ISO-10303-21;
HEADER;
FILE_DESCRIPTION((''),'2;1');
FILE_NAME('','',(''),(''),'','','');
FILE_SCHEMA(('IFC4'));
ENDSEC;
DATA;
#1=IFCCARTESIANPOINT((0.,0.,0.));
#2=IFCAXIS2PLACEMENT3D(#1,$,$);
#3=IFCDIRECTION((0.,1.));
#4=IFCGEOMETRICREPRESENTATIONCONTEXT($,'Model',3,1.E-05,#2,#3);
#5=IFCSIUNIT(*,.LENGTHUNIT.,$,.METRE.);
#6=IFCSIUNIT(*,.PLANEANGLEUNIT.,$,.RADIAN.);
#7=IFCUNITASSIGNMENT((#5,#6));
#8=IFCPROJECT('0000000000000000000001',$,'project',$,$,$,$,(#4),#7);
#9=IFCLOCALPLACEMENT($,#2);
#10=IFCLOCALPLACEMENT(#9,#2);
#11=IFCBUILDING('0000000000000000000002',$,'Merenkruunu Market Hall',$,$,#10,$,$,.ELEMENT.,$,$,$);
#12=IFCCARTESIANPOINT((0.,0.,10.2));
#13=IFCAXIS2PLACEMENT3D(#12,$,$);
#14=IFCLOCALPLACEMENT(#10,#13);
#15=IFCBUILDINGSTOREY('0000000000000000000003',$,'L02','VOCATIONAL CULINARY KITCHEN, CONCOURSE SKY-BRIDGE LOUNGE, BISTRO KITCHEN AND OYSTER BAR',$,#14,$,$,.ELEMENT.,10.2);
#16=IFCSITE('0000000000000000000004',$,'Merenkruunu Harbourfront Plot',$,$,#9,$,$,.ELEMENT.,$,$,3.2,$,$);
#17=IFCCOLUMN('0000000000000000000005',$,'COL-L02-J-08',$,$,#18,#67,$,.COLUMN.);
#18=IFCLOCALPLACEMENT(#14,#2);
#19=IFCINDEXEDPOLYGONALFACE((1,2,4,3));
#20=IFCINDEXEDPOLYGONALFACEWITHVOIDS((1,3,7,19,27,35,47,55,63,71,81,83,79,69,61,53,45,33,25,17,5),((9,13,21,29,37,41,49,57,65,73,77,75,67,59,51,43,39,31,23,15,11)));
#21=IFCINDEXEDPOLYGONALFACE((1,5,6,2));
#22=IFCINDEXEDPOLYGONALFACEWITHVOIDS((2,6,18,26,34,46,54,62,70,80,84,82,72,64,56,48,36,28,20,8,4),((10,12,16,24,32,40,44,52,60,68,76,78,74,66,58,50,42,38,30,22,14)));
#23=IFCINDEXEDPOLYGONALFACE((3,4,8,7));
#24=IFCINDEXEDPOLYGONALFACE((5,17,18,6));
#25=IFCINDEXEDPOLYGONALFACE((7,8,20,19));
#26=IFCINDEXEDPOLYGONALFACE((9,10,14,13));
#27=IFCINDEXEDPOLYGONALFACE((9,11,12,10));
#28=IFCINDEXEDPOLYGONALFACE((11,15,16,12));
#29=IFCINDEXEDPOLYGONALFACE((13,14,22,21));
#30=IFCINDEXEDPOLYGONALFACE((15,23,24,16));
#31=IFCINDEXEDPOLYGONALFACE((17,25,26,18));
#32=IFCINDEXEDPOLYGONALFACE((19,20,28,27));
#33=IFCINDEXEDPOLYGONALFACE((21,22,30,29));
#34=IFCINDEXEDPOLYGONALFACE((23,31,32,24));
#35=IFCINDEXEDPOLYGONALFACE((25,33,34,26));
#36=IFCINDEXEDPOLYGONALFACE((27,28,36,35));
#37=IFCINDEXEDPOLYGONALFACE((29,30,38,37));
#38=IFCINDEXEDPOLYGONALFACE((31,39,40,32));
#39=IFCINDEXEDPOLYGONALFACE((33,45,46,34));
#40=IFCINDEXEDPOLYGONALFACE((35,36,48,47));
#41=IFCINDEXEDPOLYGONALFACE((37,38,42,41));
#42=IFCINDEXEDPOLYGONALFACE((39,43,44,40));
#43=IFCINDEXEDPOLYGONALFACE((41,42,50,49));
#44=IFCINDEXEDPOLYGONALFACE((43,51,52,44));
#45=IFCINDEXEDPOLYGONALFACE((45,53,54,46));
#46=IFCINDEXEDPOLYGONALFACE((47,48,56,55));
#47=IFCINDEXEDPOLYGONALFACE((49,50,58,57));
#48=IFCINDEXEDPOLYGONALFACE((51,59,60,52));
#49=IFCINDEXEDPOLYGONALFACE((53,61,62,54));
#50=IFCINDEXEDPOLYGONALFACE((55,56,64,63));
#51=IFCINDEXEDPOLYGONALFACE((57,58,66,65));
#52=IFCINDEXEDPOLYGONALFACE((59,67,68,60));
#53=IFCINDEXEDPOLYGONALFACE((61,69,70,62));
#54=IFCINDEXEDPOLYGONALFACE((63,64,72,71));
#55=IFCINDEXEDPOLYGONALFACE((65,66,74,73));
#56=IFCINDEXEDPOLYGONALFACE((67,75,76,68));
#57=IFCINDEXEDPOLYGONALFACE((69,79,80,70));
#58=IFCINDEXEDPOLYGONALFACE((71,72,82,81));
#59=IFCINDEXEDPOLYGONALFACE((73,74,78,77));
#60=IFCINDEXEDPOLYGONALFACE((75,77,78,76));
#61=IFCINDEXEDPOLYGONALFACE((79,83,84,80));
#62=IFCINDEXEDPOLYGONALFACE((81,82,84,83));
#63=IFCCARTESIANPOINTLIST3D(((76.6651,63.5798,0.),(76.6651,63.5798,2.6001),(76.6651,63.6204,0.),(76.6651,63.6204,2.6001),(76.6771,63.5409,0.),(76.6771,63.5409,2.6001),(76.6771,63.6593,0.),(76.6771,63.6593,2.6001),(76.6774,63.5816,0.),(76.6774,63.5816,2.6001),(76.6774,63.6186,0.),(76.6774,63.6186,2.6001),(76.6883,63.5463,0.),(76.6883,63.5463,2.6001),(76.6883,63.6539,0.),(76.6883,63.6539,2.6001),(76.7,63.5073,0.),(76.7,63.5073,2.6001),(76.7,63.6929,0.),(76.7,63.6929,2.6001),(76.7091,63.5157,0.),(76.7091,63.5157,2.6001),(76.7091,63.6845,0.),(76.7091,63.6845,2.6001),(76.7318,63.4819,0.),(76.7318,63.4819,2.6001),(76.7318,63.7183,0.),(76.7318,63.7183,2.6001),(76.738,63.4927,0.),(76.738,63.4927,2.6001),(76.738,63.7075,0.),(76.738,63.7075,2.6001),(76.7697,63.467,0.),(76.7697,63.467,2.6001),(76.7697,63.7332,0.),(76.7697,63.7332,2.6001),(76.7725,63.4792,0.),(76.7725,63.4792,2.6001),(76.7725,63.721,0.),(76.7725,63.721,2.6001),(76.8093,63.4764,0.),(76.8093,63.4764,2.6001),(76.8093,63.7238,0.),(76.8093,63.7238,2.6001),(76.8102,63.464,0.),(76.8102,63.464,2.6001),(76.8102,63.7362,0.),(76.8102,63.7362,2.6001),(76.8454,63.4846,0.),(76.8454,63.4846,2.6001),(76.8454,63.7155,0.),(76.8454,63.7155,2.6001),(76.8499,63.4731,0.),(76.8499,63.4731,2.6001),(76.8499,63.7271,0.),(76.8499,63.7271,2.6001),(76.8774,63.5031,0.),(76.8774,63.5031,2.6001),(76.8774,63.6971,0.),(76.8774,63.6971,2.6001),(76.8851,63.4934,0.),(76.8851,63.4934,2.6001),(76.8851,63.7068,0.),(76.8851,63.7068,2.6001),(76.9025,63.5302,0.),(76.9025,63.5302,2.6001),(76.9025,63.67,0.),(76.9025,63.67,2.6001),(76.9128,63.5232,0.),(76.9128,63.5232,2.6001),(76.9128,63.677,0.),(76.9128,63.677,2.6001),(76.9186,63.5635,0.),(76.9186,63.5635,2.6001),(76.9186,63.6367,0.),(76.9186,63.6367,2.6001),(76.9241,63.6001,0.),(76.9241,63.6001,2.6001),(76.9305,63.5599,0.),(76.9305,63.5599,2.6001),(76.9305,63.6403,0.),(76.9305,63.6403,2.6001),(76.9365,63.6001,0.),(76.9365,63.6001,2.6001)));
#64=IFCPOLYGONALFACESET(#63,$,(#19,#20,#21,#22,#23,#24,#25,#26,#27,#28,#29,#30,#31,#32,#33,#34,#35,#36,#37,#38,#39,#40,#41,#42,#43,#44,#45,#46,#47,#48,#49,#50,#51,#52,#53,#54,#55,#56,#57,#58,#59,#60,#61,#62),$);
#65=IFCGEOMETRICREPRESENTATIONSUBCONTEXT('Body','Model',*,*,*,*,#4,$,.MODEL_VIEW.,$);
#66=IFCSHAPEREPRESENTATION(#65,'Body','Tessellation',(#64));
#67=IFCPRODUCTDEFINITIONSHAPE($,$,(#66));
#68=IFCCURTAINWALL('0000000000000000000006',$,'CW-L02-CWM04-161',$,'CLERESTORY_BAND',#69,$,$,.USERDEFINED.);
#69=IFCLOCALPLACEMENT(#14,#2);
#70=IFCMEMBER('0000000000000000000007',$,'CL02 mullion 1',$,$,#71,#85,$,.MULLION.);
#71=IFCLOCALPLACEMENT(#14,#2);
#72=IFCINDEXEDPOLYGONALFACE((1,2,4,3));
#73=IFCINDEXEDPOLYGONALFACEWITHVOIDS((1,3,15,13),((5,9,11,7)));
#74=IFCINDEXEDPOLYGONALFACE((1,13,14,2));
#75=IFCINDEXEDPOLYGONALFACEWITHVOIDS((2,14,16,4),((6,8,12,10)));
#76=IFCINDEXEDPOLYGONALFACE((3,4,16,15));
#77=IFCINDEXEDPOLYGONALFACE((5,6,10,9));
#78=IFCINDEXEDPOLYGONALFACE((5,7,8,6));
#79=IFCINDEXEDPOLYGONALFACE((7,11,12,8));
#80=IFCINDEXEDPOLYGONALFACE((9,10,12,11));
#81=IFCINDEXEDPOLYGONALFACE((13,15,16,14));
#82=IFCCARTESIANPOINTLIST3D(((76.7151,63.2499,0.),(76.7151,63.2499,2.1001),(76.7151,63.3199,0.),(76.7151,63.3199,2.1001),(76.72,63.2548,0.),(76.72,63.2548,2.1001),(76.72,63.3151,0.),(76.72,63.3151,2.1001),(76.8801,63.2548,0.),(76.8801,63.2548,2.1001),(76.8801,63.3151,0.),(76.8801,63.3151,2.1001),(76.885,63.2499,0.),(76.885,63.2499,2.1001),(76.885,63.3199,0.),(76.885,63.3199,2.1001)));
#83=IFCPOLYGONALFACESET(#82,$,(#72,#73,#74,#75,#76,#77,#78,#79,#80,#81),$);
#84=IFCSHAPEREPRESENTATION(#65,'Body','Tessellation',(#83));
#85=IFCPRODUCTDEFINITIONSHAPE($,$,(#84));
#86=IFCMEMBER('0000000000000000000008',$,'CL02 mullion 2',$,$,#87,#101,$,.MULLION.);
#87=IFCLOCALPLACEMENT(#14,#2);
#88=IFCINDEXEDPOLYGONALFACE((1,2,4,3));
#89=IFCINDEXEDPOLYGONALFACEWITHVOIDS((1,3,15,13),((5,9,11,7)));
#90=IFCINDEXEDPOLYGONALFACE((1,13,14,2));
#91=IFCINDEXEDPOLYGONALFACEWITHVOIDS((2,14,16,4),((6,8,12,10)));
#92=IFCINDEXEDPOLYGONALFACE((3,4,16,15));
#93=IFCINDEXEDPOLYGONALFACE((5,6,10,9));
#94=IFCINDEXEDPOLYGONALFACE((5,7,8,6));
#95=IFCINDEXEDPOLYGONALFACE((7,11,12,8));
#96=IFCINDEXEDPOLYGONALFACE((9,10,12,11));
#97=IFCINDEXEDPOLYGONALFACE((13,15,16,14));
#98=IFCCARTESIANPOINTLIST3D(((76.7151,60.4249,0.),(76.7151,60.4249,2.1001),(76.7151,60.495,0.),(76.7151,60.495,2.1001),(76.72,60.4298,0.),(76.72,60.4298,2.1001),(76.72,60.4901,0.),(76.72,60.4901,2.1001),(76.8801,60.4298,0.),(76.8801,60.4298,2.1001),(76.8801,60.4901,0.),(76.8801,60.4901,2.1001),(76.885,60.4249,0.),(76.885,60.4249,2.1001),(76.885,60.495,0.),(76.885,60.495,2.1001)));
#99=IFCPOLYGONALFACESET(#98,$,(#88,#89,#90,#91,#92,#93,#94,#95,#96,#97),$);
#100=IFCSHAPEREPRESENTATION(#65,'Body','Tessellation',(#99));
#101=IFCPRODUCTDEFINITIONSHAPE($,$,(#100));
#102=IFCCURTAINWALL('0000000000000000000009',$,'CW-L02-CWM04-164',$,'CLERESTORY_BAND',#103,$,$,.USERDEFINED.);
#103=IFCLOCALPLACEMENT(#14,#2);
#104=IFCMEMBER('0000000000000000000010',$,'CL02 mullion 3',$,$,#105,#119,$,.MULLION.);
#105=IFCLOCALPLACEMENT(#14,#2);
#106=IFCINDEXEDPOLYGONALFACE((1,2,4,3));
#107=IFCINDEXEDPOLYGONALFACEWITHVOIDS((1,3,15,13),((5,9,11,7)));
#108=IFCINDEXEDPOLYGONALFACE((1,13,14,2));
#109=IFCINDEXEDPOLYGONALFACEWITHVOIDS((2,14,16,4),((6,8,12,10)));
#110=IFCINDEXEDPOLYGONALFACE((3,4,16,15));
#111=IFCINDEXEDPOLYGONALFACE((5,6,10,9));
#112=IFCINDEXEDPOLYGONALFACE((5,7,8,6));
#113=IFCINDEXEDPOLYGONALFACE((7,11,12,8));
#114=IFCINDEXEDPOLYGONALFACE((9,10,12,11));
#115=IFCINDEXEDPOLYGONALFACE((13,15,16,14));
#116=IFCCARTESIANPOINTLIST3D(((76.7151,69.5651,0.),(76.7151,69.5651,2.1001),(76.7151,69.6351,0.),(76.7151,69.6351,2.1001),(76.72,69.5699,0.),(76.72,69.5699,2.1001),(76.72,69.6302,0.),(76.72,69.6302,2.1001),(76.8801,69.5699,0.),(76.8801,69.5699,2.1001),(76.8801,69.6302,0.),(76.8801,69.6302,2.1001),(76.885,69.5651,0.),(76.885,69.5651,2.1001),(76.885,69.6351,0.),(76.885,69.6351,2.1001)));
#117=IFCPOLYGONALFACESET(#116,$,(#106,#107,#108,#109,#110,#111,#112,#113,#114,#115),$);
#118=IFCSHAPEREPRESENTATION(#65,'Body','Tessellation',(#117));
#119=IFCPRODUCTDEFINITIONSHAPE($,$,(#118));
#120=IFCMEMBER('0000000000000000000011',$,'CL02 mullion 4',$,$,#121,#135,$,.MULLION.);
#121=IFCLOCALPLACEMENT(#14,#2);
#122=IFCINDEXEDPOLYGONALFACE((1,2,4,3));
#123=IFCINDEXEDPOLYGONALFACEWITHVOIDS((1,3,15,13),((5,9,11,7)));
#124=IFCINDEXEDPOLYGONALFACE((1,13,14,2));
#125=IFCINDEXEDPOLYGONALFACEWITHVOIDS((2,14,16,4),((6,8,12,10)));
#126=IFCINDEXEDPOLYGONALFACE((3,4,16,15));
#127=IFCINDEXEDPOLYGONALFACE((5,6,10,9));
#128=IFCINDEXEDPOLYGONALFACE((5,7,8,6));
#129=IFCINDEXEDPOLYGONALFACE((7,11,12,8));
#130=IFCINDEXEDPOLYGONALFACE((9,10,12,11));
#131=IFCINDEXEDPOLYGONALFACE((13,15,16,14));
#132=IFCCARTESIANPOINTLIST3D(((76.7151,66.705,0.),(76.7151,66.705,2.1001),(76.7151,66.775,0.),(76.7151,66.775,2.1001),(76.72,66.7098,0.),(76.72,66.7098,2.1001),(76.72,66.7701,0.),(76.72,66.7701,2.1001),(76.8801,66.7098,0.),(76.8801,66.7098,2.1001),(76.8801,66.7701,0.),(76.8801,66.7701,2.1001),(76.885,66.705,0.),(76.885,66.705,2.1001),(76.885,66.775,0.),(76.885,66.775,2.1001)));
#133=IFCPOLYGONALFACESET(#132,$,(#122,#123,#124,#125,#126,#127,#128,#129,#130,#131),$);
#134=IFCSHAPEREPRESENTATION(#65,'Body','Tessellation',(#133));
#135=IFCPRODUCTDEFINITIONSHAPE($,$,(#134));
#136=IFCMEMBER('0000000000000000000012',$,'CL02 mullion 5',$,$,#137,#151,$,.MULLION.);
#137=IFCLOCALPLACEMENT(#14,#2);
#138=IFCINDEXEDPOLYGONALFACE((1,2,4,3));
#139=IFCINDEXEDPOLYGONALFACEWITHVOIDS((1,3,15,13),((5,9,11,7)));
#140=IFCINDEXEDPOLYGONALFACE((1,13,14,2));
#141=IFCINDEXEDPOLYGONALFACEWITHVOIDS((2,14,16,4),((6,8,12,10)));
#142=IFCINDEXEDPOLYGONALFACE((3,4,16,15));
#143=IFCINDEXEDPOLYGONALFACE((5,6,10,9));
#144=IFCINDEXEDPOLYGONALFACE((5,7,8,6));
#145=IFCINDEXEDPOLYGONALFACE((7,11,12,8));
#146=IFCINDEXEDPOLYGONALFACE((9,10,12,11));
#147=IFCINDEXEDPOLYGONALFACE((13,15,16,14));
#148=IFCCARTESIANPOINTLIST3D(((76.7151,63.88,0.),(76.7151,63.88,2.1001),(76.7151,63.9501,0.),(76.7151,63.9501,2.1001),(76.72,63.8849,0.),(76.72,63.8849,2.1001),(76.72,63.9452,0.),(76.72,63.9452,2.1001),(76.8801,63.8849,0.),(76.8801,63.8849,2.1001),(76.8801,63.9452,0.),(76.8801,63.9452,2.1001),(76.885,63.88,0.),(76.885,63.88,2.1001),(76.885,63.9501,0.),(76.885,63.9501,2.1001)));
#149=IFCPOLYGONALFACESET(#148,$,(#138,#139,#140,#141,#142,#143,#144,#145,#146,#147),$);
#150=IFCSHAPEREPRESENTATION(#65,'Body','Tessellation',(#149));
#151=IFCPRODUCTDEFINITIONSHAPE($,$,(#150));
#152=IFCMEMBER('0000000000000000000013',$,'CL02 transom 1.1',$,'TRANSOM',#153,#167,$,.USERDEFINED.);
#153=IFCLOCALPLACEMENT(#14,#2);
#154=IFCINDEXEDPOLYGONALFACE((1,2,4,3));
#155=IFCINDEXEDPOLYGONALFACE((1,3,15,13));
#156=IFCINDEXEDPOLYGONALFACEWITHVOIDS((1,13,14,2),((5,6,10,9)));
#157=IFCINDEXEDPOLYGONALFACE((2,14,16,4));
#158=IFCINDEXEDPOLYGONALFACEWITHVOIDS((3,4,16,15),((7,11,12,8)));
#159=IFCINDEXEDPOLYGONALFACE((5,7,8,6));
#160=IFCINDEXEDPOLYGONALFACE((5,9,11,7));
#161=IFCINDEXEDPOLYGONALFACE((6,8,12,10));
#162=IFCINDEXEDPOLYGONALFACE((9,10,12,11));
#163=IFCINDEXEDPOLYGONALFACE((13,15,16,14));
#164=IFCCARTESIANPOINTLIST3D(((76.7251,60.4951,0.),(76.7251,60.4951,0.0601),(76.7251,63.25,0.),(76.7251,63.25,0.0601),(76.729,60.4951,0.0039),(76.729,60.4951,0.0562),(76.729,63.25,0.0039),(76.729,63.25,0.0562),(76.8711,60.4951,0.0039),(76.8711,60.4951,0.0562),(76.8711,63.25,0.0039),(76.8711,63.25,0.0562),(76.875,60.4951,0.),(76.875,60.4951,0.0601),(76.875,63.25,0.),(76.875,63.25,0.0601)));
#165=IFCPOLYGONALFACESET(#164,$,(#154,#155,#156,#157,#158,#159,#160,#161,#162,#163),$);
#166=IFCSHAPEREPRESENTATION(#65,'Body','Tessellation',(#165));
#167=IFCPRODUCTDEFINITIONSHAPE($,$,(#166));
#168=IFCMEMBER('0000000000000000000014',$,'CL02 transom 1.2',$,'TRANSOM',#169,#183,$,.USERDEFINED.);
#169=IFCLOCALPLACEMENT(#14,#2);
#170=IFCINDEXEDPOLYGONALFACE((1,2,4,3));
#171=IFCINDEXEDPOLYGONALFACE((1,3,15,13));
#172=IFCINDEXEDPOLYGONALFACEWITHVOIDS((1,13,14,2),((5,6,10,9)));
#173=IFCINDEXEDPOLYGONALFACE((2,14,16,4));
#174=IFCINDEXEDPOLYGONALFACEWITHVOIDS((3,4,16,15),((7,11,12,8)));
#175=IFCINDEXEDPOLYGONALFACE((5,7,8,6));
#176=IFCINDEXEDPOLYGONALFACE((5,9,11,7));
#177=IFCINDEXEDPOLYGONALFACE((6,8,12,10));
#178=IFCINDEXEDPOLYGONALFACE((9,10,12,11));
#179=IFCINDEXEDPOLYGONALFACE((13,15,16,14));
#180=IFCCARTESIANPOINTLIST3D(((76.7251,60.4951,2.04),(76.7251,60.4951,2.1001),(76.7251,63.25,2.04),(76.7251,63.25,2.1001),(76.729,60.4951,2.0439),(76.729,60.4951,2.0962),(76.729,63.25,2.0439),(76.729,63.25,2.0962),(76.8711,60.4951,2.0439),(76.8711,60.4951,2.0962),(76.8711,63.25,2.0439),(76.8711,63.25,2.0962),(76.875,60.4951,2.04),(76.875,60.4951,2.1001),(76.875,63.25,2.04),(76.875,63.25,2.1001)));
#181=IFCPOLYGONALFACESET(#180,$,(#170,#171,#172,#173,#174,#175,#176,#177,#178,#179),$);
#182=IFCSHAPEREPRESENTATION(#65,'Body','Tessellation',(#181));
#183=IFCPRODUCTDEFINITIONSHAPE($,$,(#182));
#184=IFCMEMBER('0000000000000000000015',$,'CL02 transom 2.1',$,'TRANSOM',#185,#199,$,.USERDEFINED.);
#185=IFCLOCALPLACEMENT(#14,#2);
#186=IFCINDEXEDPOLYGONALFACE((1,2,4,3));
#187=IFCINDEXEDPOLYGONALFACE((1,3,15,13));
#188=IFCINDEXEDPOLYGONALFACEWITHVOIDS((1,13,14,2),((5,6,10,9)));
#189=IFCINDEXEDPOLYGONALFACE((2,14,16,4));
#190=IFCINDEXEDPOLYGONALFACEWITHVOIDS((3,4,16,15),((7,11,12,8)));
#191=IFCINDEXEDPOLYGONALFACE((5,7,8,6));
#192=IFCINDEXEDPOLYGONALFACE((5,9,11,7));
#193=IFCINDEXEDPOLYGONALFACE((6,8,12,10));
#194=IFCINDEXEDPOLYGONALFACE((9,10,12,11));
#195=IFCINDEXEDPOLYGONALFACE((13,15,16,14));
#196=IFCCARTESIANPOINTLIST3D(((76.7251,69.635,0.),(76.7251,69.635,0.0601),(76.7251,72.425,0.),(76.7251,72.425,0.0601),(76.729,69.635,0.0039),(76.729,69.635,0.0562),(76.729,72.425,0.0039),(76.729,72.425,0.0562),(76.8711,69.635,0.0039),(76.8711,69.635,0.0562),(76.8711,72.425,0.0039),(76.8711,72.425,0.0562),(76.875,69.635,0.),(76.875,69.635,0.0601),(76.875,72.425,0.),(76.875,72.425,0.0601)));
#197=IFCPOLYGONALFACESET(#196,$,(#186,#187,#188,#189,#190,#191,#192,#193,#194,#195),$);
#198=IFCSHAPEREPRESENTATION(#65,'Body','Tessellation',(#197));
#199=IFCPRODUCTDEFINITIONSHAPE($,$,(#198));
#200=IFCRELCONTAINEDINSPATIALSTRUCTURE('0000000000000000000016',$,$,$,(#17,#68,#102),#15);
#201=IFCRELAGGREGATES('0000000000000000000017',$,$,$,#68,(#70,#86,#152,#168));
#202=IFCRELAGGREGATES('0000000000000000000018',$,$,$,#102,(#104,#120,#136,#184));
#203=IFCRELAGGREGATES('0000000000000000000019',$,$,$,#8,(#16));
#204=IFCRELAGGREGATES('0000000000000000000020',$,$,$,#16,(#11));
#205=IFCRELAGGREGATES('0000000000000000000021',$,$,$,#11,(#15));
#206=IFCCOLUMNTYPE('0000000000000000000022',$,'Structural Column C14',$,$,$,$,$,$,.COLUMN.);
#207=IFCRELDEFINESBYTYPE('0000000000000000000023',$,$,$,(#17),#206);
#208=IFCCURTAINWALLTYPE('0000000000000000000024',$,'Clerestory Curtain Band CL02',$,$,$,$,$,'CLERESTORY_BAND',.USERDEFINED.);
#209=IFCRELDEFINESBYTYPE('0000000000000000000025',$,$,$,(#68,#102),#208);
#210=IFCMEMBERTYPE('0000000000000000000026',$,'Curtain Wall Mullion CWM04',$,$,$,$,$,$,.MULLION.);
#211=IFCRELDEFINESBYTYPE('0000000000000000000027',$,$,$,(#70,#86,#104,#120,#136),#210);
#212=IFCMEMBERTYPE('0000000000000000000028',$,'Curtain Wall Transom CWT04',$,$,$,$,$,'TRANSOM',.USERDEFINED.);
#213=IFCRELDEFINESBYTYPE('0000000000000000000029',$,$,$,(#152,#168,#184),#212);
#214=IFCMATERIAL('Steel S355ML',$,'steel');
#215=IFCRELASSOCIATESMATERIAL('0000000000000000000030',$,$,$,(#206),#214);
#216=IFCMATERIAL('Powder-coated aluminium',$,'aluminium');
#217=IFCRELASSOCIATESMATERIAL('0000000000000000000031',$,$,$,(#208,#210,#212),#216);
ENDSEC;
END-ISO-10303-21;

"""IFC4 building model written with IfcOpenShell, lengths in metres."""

from ifc_helpers import new_model, si_unit, direction, frame, origin, origin_2d, place, context, subcontext, project, spatial, hollow_rectangle, hollow_circle, extrude, material, material_profile, profile_set, type_object, element, aggregate, save


model = new_model("IFC4")

# Units and contexts
model_context = context("Model", 3, precision=1e-05, world=origin(), true_north=direction((0.0, 1.0)))
body_context = subcontext(model_context, "Body", "Model", "MODEL_VIEW")
ifc_project = project(units=[si_unit("LENGTHUNIT", "METRE"), si_unit("PLANEANGLEUNIT", "RADIAN")], contexts=[model_context])

# Site, building, storey
site_placement = place(None, origin())
site = spatial("IfcSite", under=ifc_project, at=site_placement, Name="Merenkruunu Harbourfront Plot", CompositionType="ELEMENT", RefElevation=3.2)
building_placement = place(site_placement, origin())
building = spatial("IfcBuilding", under=site, at=building_placement, Name="Merenkruunu Market Hall", CompositionType="ELEMENT")
storey_placement = place(building_placement, frame((0.0, 0.0, 10.2)))
storey = spatial("IfcBuildingStorey", under=building, at=storey_placement, Name="L02", Description="VOCATIONAL CULINARY KITCHEN, CONCOURSE SKY-BRIDGE LOUNGE, BISTRO KITCHEN AND OYSTER BAR", CompositionType="ELEMENT", Elevation=10.2)

# Column
ifc_material_1 = material(Name="Steel S355ML", Category="steel")
ifc_material_profile_1 = material_profile(ifc_material_1, hollow_circle(Radius=0.1365, WallThickness=0.0125, at=origin_2d()), Name="CHS 273x12.5")
ifc_profile_set_1 = profile_set([ifc_material_profile_1], Name="Steel S355ML")
column_type = type_object("IfcColumnType", Name="Structural Column C14", PredefinedType="COLUMN", material=ifc_profile_set_1)
column_placement = place(storey_placement, frame((76.8, 63.6001, 0.0), z_axis=(0.0, 0.0, 1.0), x_axis=(1.0, 0.0, 0.0)))
element("IfcColumn", 1, at=column_placement, inside=storey, type_object=column_type, Name="COL-L02-J-08", PredefinedType="COLUMN", context=body_context, shape_type="SweptSolid", body=[
    extrude(hollow_circle(Radius=0.1365, WallThickness=0.0125, at=origin_2d()), origin(), (0.0, 0.0, 1.0), 2.6001),
])

# Curtain walls, members
ifc_material_2 = material(Name="Powder-coated aluminium", Category="aluminium")
curtain_wall_type = type_object("IfcCurtainWallType", Name="Clerestory Curtain Band CL02", ElementType="CLERESTORY_BAND", PredefinedType="USERDEFINED", material=ifc_material_2)
curtain_wall_1_placement = place(storey_placement, origin())
curtain_wall_1 = element("IfcCurtainWall", 2, at=curtain_wall_1_placement, inside=storey, type_object=curtain_wall_type, Name="CW-L02-CWM04-161", ObjectType="CLERESTORY_BAND", PredefinedType="USERDEFINED")
ifc_material_profile_2 = material_profile(ifc_material_2, hollow_rectangle(XDim=0.0701, YDim=0.1699, WallThickness=0.0049, at=origin_2d()), Name="ALU 70x170x5")
ifc_profile_set_2 = profile_set([ifc_material_profile_2], Name="Powder-coated aluminium")
member_type_1 = type_object("IfcMemberType", Name="Curtain Wall Mullion CWM04", PredefinedType="MULLION", material=ifc_profile_set_2)
member_1_placement = place(storey_placement, frame((76.8, 63.2849, 0.0), z_axis=(0.0, 0.0, 1.0), x_axis=(0.0, -1.0, 0.0)))
member_1 = element("IfcMember", 3, at=member_1_placement, type_object=member_type_1, Name="CL02 mullion 1", PredefinedType="MULLION", context=body_context, shape_type="SweptSolid", body=[
    extrude(hollow_rectangle(XDim=0.0701, YDim=0.1699, WallThickness=0.0049, at=origin_2d()), origin(), (0.0, 0.0, 1.0), 2.1001),
])
member_2_placement = place(storey_placement, frame((76.8, 60.46, 0.0), z_axis=(0.0, 0.0, 1.0), x_axis=(0.0, -1.0, 0.0)))
member_2 = element("IfcMember", 4, at=member_2_placement, type_object=member_type_1, Name="CL02 mullion 2", PredefinedType="MULLION", context=body_context, shape_type="SweptSolid", body=[
    extrude(hollow_rectangle(XDim=0.0701, YDim=0.1699, WallThickness=0.0049, at=origin_2d()), origin(), (0.0, 0.0, 1.0), 2.1001),
])
curtain_wall_2_placement = place(storey_placement, origin())
curtain_wall_2 = element("IfcCurtainWall", 5, at=curtain_wall_2_placement, inside=storey, type_object=curtain_wall_type, Name="CW-L02-CWM04-164", ObjectType="CLERESTORY_BAND", PredefinedType="USERDEFINED")
member_3_placement = place(storey_placement, frame((76.8, 69.6001, 0.0), z_axis=(0.0, 0.0, 1.0), x_axis=(0.0, -1.0, 0.0)))
member_3 = element("IfcMember", 6, at=member_3_placement, type_object=member_type_1, Name="CL02 mullion 3", PredefinedType="MULLION", context=body_context, shape_type="SweptSolid", body=[
    extrude(hollow_rectangle(XDim=0.0701, YDim=0.1699, WallThickness=0.0049, at=origin_2d()), origin(), (0.0, 0.0, 1.0), 2.1001),
])
member_4_placement = place(storey_placement, frame((76.8, 66.74, 0.0), z_axis=(0.0, 0.0, 1.0), x_axis=(0.0, -1.0, 0.0)))
member_4 = element("IfcMember", 7, at=member_4_placement, type_object=member_type_1, Name="CL02 mullion 4", PredefinedType="MULLION", context=body_context, shape_type="SweptSolid", body=[
    extrude(hollow_rectangle(XDim=0.0701, YDim=0.1699, WallThickness=0.0049, at=origin_2d()), origin(), (0.0, 0.0, 1.0), 2.1001),
])
member_5_placement = place(storey_placement, frame((76.8, 63.915, 0.0), z_axis=(0.0, 0.0, 1.0), x_axis=(0.0, -1.0, 0.0)))
member_5 = element("IfcMember", 8, at=member_5_placement, type_object=member_type_1, Name="CL02 mullion 5", PredefinedType="MULLION", context=body_context, shape_type="SweptSolid", body=[
    extrude(hollow_rectangle(XDim=0.0701, YDim=0.1699, WallThickness=0.0049, at=origin_2d()), origin(), (0.0, 0.0, 1.0), 2.1001),
])

# Members
ifc_material_profile_3 = material_profile(ifc_material_2, hollow_rectangle(XDim=0.0601, YDim=0.1499, WallThickness=0.0039, at=origin_2d()), Name="ALU 60x150x4")
ifc_profile_set_3 = profile_set([ifc_material_profile_3], Name="Powder-coated aluminium")
member_type_2 = type_object("IfcMemberType", Name="Curtain Wall Transom CWT04", ElementType="TRANSOM", PredefinedType="USERDEFINED", material=ifc_profile_set_3)
member_6_placement = place(storey_placement, frame((76.8, 63.25, 0.03), z_axis=(0.0, -1.0, 0.0), x_axis=(0.0, 0.0, 1.0)))
member_6 = element("IfcMember", 9, at=member_6_placement, type_object=member_type_2, Name="CL02 transom 1.1", ObjectType="TRANSOM", PredefinedType="USERDEFINED", context=body_context, shape_type="SweptSolid", body=[
    extrude(hollow_rectangle(XDim=0.0601, YDim=0.1499, WallThickness=0.0039, at=origin_2d()), origin(), (0.0, 0.0, 1.0), 2.7549),
])
member_7_placement = place(storey_placement, frame((76.8, 63.25, 2.0701), z_axis=(0.0, -1.0, 0.0), x_axis=(0.0, 0.0, 1.0)))
member_7 = element("IfcMember", 10, at=member_7_placement, type_object=member_type_2, Name="CL02 transom 1.2", ObjectType="TRANSOM", PredefinedType="USERDEFINED", context=body_context, shape_type="SweptSolid", body=[
    extrude(hollow_rectangle(XDim=0.0601, YDim=0.1499, WallThickness=0.0039, at=origin_2d()), origin(), (0.0, 0.0, 1.0), 2.7549),
])
member_8_placement = place(storey_placement, frame((76.8, 72.425, 0.03), z_axis=(0.0, -1.0, 0.0), x_axis=(0.0, 0.0, 1.0)))
member_8 = element("IfcMember", 11, at=member_8_placement, type_object=member_type_2, Name="CL02 transom 2.1", ObjectType="TRANSOM", PredefinedType="USERDEFINED", context=body_context, shape_type="SweptSolid", body=[
    extrude(hollow_rectangle(XDim=0.0601, YDim=0.1499, WallThickness=0.0039, at=origin_2d()), origin(), (0.0, 0.0, 1.0), 2.79),
])

aggregate(curtain_wall_1, [member_1, member_2, member_6, member_7])
aggregate(curtain_wall_2, [member_3, member_4, member_5, member_8])

save(model, "model.ifc")
